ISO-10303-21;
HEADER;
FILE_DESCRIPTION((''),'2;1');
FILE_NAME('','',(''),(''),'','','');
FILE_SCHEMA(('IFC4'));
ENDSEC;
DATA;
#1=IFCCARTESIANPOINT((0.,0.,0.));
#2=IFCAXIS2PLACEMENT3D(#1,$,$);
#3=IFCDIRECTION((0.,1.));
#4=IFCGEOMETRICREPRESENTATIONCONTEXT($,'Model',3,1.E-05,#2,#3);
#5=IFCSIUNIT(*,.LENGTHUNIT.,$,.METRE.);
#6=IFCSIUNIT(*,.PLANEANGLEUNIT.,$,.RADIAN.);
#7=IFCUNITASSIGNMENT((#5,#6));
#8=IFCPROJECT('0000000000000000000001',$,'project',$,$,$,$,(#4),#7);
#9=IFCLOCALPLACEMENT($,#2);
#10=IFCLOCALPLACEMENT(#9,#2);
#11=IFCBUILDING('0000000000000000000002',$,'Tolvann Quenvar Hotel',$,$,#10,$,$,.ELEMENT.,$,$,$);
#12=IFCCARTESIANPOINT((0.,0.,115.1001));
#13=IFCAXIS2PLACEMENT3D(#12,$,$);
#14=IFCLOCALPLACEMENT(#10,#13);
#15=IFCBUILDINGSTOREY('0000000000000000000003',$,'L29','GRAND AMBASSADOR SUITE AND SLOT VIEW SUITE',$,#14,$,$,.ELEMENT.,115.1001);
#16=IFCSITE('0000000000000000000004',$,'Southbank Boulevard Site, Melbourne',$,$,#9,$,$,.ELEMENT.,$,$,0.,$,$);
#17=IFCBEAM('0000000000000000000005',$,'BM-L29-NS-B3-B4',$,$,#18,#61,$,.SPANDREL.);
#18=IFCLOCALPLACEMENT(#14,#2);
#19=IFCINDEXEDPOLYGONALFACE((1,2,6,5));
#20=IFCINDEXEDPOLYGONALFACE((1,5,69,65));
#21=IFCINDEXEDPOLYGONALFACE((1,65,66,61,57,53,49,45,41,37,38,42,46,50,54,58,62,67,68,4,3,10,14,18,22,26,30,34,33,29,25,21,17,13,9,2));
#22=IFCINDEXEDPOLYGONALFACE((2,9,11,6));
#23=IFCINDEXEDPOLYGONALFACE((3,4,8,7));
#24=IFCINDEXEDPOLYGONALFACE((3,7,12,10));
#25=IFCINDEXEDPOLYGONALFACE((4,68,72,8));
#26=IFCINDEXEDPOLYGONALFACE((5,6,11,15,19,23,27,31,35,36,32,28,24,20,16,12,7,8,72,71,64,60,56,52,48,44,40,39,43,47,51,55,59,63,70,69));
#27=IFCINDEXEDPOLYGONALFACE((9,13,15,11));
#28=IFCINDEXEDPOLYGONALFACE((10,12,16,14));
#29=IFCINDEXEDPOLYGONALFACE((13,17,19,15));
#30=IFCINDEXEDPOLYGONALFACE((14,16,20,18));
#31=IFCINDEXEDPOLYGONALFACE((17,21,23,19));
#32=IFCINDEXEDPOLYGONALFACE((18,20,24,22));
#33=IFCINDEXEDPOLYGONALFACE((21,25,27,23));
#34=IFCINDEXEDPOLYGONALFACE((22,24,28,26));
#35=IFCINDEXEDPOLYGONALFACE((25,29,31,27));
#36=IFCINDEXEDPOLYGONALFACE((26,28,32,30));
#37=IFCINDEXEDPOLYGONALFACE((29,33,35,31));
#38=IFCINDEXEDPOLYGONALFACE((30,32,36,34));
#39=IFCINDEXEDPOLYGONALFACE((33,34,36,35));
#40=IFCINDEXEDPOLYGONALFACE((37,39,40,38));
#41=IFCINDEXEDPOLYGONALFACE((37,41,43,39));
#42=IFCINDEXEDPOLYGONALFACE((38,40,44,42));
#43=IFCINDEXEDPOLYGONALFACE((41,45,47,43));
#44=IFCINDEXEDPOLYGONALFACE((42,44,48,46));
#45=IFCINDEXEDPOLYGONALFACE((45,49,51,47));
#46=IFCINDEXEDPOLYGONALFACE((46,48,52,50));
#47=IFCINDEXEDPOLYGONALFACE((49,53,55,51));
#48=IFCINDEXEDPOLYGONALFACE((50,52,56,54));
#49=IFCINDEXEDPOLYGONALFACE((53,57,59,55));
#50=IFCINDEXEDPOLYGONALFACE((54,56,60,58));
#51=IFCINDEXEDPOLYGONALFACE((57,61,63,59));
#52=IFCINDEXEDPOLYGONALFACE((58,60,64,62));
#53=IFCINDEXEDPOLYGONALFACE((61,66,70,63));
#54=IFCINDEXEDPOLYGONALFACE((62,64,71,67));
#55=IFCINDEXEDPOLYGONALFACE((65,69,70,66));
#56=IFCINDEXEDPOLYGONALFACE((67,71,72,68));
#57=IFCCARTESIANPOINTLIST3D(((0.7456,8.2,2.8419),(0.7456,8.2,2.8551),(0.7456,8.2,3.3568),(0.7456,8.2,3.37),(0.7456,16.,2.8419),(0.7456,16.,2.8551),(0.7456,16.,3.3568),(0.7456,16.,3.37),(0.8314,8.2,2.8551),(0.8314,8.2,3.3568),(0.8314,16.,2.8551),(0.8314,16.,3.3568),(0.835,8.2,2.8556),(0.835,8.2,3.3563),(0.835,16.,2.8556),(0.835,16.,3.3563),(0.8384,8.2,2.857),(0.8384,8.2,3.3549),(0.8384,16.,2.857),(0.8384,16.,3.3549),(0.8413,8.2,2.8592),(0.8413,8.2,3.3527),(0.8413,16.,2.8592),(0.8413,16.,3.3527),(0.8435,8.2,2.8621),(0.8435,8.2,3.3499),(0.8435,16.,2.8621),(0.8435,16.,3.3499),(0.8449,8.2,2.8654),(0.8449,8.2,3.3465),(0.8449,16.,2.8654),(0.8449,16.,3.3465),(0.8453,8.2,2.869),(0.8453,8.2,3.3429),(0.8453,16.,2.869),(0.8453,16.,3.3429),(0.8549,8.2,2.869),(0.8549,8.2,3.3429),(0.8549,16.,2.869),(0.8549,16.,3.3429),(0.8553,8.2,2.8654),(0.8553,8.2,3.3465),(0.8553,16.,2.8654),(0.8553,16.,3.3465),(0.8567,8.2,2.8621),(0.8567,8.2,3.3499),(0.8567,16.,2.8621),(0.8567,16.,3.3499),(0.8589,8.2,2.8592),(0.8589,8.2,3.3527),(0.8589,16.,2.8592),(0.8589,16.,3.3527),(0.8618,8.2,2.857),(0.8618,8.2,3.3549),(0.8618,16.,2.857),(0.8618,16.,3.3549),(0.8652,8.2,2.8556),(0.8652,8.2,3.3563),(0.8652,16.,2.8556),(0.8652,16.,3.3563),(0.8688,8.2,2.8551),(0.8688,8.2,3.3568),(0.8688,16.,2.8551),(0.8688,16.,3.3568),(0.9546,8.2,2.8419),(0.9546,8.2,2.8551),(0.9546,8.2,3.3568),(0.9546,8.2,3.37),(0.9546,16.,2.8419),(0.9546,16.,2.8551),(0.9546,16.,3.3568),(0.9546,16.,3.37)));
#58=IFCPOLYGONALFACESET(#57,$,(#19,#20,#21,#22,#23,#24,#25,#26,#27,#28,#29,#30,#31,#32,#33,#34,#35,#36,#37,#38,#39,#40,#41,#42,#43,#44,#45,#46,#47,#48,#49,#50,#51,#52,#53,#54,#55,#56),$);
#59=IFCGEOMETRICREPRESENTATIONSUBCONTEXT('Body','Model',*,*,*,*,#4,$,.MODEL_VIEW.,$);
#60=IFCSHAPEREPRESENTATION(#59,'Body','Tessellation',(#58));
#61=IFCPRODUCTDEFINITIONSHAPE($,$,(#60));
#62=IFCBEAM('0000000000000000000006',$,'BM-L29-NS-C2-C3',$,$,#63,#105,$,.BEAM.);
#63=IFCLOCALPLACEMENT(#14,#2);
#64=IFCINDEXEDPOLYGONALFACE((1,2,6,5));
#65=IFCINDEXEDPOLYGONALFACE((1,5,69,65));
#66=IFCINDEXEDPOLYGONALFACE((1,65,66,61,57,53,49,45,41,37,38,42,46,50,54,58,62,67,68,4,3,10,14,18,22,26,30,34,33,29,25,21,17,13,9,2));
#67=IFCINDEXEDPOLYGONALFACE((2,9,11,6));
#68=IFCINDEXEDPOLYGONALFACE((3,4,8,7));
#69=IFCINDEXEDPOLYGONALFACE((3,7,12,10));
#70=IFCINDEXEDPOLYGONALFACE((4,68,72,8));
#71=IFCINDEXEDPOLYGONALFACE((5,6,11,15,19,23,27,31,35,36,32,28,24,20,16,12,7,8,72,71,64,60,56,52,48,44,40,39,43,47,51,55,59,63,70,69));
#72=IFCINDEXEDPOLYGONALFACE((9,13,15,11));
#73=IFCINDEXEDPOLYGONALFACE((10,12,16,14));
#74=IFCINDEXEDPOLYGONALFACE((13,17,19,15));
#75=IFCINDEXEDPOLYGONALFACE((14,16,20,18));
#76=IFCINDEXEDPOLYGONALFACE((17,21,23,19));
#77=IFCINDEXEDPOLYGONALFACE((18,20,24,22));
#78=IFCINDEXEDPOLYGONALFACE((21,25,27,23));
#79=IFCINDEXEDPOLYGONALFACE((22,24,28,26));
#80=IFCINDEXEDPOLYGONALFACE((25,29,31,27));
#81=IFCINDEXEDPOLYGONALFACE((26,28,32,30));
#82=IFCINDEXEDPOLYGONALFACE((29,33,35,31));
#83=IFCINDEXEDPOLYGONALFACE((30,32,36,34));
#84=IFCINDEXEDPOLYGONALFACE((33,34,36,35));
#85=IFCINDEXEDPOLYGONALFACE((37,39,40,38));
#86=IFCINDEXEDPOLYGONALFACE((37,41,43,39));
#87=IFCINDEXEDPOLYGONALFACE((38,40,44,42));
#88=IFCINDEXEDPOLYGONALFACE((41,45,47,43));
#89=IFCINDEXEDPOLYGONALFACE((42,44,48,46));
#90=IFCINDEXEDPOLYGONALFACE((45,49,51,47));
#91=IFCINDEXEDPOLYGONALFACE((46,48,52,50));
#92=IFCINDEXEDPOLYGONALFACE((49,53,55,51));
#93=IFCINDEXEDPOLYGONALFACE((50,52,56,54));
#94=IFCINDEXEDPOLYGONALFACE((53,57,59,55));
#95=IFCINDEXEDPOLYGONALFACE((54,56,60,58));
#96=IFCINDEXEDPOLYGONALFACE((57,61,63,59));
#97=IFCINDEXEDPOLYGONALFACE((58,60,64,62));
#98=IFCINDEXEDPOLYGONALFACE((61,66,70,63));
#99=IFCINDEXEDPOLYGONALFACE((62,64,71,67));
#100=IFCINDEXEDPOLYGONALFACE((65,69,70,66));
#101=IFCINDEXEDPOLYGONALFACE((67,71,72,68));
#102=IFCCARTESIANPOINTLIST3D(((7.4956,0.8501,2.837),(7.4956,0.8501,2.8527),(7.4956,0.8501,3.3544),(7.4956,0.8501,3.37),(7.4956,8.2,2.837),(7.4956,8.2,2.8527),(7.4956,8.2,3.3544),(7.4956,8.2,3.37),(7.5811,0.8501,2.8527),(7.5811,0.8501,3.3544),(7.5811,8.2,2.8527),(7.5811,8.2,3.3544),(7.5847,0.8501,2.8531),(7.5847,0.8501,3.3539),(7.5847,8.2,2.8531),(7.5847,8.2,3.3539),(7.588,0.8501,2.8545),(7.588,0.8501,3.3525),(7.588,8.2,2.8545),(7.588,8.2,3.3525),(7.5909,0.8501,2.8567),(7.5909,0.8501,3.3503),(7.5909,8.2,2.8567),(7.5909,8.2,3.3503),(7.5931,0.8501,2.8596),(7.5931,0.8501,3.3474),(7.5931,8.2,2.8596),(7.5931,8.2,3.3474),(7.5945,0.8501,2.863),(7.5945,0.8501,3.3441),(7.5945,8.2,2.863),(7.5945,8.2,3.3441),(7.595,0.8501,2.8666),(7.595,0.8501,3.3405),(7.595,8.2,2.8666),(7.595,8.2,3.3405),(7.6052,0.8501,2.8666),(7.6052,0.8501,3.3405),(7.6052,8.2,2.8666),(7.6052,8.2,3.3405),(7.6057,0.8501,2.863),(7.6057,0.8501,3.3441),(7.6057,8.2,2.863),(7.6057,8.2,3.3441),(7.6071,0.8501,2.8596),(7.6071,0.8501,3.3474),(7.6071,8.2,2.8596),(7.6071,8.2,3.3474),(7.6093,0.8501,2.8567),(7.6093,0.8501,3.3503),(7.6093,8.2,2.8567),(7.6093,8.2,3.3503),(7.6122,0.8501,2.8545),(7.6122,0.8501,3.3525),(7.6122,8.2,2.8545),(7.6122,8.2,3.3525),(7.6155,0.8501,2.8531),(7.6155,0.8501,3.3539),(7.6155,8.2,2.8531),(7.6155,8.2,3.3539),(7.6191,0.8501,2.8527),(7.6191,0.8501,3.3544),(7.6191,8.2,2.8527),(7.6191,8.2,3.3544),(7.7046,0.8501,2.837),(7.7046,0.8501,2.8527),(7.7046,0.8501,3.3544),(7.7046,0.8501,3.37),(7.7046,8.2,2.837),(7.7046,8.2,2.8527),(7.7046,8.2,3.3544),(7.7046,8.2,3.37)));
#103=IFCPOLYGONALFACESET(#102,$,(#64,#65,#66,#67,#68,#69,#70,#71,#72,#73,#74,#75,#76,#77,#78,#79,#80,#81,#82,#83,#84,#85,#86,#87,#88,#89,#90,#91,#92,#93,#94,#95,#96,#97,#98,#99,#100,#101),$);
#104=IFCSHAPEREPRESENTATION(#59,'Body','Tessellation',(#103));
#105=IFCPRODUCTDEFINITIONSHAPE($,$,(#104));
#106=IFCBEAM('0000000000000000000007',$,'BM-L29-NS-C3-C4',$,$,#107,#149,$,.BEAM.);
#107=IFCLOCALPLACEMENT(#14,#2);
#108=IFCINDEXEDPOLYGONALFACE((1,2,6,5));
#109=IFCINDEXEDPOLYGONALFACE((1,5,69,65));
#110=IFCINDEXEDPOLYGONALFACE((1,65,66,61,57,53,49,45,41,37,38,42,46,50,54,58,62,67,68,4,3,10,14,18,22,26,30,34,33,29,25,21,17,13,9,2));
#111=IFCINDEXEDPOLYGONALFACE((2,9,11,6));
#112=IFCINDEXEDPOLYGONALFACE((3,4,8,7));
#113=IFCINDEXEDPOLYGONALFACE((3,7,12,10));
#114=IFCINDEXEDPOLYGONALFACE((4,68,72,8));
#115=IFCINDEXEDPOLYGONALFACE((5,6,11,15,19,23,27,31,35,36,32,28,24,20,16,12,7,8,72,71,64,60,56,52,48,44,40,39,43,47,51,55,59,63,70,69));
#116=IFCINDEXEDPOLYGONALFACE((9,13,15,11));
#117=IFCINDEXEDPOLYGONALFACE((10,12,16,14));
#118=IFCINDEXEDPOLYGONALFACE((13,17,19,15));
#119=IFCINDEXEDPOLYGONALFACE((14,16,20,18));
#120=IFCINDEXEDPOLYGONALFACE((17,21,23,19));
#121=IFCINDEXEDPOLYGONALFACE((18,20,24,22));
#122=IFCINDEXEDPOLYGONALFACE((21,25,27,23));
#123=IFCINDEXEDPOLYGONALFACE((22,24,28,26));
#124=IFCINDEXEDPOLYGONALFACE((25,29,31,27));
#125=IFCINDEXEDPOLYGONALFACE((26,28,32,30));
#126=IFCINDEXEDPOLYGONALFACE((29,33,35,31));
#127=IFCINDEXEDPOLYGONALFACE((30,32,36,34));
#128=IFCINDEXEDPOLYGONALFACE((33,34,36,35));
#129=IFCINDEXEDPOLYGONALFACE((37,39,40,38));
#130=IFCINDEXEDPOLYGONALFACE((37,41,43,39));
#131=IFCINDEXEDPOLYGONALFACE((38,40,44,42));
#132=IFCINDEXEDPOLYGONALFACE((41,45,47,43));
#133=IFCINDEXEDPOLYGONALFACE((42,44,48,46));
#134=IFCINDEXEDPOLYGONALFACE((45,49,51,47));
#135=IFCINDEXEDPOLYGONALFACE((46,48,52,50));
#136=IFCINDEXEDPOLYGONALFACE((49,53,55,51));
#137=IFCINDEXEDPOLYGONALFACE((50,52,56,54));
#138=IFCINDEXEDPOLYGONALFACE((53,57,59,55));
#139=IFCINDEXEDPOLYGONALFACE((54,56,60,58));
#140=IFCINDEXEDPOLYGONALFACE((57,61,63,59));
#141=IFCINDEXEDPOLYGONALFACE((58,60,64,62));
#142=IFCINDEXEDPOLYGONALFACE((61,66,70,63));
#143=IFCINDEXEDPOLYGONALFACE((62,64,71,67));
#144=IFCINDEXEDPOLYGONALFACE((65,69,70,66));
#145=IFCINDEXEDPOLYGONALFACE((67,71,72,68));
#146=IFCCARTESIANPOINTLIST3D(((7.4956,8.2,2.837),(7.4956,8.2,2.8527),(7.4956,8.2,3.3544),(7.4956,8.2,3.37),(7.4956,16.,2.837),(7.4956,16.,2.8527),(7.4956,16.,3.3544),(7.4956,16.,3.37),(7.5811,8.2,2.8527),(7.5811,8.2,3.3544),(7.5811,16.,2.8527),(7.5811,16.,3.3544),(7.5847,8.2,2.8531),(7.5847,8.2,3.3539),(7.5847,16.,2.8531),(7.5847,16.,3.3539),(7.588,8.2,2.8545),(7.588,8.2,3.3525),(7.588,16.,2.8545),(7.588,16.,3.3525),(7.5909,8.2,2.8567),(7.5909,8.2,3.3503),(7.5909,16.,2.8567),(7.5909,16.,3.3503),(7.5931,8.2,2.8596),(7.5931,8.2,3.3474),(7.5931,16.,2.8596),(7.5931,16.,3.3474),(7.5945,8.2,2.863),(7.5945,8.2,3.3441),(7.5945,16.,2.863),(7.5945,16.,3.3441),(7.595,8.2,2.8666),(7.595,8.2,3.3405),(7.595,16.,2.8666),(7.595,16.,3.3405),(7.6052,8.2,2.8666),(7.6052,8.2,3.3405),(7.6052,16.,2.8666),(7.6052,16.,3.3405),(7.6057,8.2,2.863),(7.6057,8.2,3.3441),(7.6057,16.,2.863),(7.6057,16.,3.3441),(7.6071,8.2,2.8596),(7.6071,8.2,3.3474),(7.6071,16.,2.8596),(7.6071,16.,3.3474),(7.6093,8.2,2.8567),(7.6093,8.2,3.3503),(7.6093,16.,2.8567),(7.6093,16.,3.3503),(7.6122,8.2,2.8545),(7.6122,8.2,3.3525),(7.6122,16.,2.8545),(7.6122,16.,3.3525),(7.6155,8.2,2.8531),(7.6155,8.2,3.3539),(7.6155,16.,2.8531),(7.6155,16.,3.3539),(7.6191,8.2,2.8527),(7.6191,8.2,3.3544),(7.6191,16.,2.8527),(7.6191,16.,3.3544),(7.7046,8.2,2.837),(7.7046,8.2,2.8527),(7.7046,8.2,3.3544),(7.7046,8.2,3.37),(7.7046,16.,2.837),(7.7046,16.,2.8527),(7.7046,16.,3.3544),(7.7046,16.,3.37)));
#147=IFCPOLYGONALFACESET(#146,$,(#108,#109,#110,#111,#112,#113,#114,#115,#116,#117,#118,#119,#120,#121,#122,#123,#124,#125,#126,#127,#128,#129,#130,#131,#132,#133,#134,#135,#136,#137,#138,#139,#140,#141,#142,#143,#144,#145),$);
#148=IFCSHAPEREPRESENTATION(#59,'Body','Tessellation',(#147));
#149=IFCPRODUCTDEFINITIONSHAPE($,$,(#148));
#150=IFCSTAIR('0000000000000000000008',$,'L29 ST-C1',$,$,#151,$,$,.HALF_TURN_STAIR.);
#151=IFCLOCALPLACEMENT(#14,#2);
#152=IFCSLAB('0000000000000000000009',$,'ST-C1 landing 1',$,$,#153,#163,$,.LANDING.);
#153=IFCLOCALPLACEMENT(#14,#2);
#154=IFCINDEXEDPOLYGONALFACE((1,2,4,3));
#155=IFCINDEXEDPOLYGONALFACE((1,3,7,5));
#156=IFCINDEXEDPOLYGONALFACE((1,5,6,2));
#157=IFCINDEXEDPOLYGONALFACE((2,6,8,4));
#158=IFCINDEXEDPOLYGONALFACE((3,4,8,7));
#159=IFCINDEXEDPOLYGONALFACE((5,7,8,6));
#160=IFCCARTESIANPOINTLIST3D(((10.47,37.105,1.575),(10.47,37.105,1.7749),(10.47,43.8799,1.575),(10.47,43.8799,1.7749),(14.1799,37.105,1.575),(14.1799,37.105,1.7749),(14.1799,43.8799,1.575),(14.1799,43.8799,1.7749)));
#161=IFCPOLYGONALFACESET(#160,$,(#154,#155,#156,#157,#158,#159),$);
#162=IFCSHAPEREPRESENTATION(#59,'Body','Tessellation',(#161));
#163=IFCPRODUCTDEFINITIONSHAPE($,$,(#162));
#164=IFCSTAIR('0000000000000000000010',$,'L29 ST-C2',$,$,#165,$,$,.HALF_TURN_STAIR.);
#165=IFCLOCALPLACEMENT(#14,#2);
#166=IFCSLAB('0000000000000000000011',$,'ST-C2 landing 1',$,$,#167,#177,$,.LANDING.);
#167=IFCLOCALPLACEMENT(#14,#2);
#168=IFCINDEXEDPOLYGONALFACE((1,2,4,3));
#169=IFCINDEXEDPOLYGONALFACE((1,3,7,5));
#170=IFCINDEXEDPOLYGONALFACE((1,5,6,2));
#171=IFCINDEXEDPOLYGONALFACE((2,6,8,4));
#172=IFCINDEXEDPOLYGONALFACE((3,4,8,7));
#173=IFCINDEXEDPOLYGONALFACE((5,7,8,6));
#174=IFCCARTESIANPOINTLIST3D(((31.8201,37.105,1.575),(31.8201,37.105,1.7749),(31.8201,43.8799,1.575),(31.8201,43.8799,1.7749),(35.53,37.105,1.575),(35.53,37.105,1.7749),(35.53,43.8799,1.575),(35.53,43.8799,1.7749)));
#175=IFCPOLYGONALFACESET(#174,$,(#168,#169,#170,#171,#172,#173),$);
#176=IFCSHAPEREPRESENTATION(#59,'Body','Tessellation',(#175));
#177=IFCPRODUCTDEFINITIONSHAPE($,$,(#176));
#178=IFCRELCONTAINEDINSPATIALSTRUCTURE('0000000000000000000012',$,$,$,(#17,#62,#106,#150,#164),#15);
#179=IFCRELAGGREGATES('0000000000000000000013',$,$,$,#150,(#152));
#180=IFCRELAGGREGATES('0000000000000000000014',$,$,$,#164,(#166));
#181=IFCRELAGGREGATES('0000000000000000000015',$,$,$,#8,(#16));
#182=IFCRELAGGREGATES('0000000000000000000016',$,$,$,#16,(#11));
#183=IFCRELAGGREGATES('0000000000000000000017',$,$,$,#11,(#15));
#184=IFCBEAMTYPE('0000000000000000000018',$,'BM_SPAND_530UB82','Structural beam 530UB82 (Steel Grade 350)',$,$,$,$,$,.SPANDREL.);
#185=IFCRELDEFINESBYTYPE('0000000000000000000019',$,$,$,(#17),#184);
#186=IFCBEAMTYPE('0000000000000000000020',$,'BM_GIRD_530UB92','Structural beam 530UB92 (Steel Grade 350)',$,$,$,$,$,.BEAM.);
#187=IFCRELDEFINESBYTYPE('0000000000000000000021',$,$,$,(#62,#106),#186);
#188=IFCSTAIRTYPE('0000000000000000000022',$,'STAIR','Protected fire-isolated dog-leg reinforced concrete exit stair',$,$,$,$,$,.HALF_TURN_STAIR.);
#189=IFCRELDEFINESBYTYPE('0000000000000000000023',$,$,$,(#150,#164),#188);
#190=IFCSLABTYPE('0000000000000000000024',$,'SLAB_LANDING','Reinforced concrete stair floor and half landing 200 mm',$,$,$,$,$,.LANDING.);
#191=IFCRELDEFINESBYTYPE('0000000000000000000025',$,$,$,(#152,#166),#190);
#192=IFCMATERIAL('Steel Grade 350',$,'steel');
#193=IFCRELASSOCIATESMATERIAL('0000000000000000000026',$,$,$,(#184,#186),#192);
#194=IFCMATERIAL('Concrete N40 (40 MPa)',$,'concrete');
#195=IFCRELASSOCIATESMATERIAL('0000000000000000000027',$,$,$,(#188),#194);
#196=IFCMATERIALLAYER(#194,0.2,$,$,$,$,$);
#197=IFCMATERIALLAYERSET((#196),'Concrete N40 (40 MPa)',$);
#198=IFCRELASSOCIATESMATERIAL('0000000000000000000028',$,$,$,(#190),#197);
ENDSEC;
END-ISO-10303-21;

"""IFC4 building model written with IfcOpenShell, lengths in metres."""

from ifc_helpers import new_model, si_unit, direction, frame, origin, origin_2d, place, context, subcontext, project, spatial, polyline, i_section, outline, extrude, source, transform, mapped, material, layer, layer_set, material_profile, profile_set, type_object, type_shapes, element, aggregate, save


model = new_model("IFC4")

# Units and contexts
model_context = context("Model", 3, precision=1e-05, world=origin(), true_north=direction((0.0, 1.0)))
body_context = subcontext(model_context, "Body", "Model", "MODEL_VIEW")
ifc_project = project(units=[si_unit("LENGTHUNIT", "METRE"), si_unit("PLANEANGLEUNIT", "RADIAN")], contexts=[model_context])

# Site, building, storey
site_placement = place(None, origin())
site = spatial("IfcSite", under=ifc_project, at=site_placement, Name="Southbank Boulevard Site, Melbourne", CompositionType="ELEMENT", RefElevation=0.0)
building_placement = place(site_placement, origin())
building = spatial("IfcBuilding", under=site, at=building_placement, Name="Tolvann Quenvar Hotel", CompositionType="ELEMENT")
storey_placement = place(building_placement, frame((0.0, 0.0, 115.1001)))
storey = spatial("IfcBuildingStorey", under=building, at=storey_placement, Name="L29", Description="GRAND AMBASSADOR SUITE AND SLOT VIEW SUITE", CompositionType="ELEMENT", Elevation=115.1001)

# Shared definitions
ifc_material_1 = material(Name="Steel Grade 350", Category="steel")

# Beams
ifc_material_profile_1 = material_profile(ifc_material_1, i_section(OverallWidth=0.209, OverallDepth=0.5281, WebThickness=0.0095, FlangeThickness=0.0132, FilletRadius=0.0139, at=origin_2d()), Name="530UB82")
ifc_profile_set_1 = profile_set([ifc_material_profile_1], Name="Steel Grade 350")
beam_type_1 = type_object("IfcBeamType", Name="BM_SPAND_530UB82", Description="Structural beam 530UB82 (Steel Grade 350)", PredefinedType="SPANDREL", material=ifc_profile_set_1)
shared_shape_1 = source(origin(), body_context, "Body", "SweptSolid", [
    extrude(i_section(OverallWidth=0.209, OverallDepth=0.5281, WebThickness=0.0095, FlangeThickness=0.0132, FilletRadius=0.0139, at=origin_2d()), origin(), (0.0, 0.0, 1.0), 7.8),
])
beam_1_placement = place(storey_placement, frame((0.8501, 8.2, 3.106), z_axis=(0.0, 1.0, 0.0), x_axis=(-1.0, 0.0, 0.0)))
element("IfcBeam", 1, at=beam_1_placement, inside=storey, type_object=beam_type_1, Name="BM-L29-NS-B3-B4", PredefinedType="SPANDREL", context=body_context, shape_type="MappedRepresentation", body=[
    mapped(shared_shape_1, transform((0.0, 0.0, 0.0), x_axis=(1.0, 0.0, 0.0), y_axis=(0.0, 1.0, 0.0), z_axis=(0.0, 0.0, 1.0), scale=1.0)),
])
ifc_material_profile_2 = material_profile(ifc_material_1, i_section(OverallWidth=0.209, OverallDepth=0.533, WebThickness=0.0103, FlangeThickness=0.0156, FilletRadius=0.0139, at=origin_2d()), Name="530UB92")
ifc_profile_set_2 = profile_set([ifc_material_profile_2], Name="Steel Grade 350")
beam_type_2 = type_object("IfcBeamType", Name="BM_GIRD_530UB92", Description="Structural beam 530UB92 (Steel Grade 350)", PredefinedType="BEAM", material=ifc_profile_set_2)
shared_shape_2 = source(origin(), body_context, "Body", "SweptSolid", [
    extrude(i_section(OverallWidth=0.209, OverallDepth=0.533, WebThickness=0.0103, FlangeThickness=0.0156, FilletRadius=0.0139, at=origin_2d()), origin(), (0.0, 0.0, 1.0), 7.3499),
])
beam_2_placement = place(storey_placement, frame((7.6001, 0.8501, 3.1035), z_axis=(0.0, 1.0, 0.0), x_axis=(-1.0, 0.0, 0.0)))
element("IfcBeam", 2, at=beam_2_placement, inside=storey, type_object=beam_type_2, Name="BM-L29-NS-C2-C3", PredefinedType="BEAM", context=body_context, shape_type="MappedRepresentation", body=[
    mapped(shared_shape_2, transform((0.0, 0.0, 0.0), x_axis=(1.0, 0.0, 0.0), y_axis=(0.0, 1.0, 0.0), z_axis=(0.0, 0.0, 1.0), scale=1.0)),
])
shared_shape_3 = source(origin(), body_context, "Body", "SweptSolid", [
    extrude(i_section(OverallWidth=0.209, OverallDepth=0.533, WebThickness=0.0103, FlangeThickness=0.0156, FilletRadius=0.0139, at=origin_2d()), origin(), (0.0, 0.0, 1.0), 7.8),
])
type_shapes(beam_type_2, [shared_shape_2, shared_shape_3])
beam_3_placement = place(storey_placement, frame((7.6001, 8.2, 3.1035), z_axis=(0.0, 1.0, 0.0), x_axis=(-1.0, 0.0, 0.0)))
element("IfcBeam", 3, at=beam_3_placement, inside=storey, type_object=beam_type_2, Name="BM-L29-NS-C3-C4", PredefinedType="BEAM", context=body_context, shape_type="MappedRepresentation", body=[
    mapped(shared_shape_3, transform((0.0, 0.0, 0.0), x_axis=(1.0, 0.0, 0.0), y_axis=(0.0, 1.0, 0.0), z_axis=(0.0, 0.0, 1.0), scale=1.0)),
])

# Stairs, slabs
ifc_material_2 = material(Name="Concrete N40 (40 MPa)", Category="concrete")
stair_type = type_object("IfcStairType", Name="STAIR", Description="Protected fire-isolated dog-leg reinforced concrete exit stair", PredefinedType="HALF_TURN_STAIR", material=ifc_material_2)
stair_1_placement = place(storey_placement, origin())
stair_1 = element("IfcStair", 4, at=stair_1_placement, inside=storey, type_object=stair_type, Name="L29 ST-C1", PredefinedType="HALF_TURN_STAIR")
ifc_layer_1 = layer(ifc_material_2, 0.2)
ifc_layer_set_1 = layer_set([ifc_layer_1], Name="Concrete N40 (40 MPa)")
slab_type_1 = type_object("IfcSlabType", Name="SLAB_LANDING", Description="Reinforced concrete stair floor and half landing 200 mm", PredefinedType="LANDING", material=ifc_layer_set_1)
slab_1_placement = place(storey_placement, frame((0.0, 0.0, 1.575)))
slab_1 = element("IfcSlab", 5, at=slab_1_placement, type_object=slab_type_1, Name="ST-C1 landing 1", PredefinedType="LANDING", context=body_context, shape_type="SweptSolid", body=[
    extrude(outline(polyline([(14.1799, 37.105), (14.1799, 43.8799), (10.47, 43.8799), (10.47, 37.105), (14.1799, 37.105)])), origin(), (0.0, 0.0, 1.0), 0.2),
])
aggregate(stair_1, [slab_1])
stair_2_placement = place(storey_placement, origin())
stair_2 = element("IfcStair", 6, at=stair_2_placement, inside=storey, type_object=stair_type, Name="L29 ST-C2", PredefinedType="HALF_TURN_STAIR")
slab_2_placement = place(storey_placement, frame((0.0, 0.0, 1.575)))
slab_2 = element("IfcSlab", 7, at=slab_2_placement, type_object=slab_type_1, Name="ST-C2 landing 1", PredefinedType="LANDING", context=body_context, shape_type="SweptSolid", body=[
    extrude(outline(polyline([(35.53, 37.105), (35.53, 43.8799), (31.8201, 43.8799), (31.8201, 37.105), (35.53, 37.105)])), origin(), (0.0, 0.0, 1.0), 0.2),
])
aggregate(stair_2, [slab_2])

save(model, "model.ifc")
